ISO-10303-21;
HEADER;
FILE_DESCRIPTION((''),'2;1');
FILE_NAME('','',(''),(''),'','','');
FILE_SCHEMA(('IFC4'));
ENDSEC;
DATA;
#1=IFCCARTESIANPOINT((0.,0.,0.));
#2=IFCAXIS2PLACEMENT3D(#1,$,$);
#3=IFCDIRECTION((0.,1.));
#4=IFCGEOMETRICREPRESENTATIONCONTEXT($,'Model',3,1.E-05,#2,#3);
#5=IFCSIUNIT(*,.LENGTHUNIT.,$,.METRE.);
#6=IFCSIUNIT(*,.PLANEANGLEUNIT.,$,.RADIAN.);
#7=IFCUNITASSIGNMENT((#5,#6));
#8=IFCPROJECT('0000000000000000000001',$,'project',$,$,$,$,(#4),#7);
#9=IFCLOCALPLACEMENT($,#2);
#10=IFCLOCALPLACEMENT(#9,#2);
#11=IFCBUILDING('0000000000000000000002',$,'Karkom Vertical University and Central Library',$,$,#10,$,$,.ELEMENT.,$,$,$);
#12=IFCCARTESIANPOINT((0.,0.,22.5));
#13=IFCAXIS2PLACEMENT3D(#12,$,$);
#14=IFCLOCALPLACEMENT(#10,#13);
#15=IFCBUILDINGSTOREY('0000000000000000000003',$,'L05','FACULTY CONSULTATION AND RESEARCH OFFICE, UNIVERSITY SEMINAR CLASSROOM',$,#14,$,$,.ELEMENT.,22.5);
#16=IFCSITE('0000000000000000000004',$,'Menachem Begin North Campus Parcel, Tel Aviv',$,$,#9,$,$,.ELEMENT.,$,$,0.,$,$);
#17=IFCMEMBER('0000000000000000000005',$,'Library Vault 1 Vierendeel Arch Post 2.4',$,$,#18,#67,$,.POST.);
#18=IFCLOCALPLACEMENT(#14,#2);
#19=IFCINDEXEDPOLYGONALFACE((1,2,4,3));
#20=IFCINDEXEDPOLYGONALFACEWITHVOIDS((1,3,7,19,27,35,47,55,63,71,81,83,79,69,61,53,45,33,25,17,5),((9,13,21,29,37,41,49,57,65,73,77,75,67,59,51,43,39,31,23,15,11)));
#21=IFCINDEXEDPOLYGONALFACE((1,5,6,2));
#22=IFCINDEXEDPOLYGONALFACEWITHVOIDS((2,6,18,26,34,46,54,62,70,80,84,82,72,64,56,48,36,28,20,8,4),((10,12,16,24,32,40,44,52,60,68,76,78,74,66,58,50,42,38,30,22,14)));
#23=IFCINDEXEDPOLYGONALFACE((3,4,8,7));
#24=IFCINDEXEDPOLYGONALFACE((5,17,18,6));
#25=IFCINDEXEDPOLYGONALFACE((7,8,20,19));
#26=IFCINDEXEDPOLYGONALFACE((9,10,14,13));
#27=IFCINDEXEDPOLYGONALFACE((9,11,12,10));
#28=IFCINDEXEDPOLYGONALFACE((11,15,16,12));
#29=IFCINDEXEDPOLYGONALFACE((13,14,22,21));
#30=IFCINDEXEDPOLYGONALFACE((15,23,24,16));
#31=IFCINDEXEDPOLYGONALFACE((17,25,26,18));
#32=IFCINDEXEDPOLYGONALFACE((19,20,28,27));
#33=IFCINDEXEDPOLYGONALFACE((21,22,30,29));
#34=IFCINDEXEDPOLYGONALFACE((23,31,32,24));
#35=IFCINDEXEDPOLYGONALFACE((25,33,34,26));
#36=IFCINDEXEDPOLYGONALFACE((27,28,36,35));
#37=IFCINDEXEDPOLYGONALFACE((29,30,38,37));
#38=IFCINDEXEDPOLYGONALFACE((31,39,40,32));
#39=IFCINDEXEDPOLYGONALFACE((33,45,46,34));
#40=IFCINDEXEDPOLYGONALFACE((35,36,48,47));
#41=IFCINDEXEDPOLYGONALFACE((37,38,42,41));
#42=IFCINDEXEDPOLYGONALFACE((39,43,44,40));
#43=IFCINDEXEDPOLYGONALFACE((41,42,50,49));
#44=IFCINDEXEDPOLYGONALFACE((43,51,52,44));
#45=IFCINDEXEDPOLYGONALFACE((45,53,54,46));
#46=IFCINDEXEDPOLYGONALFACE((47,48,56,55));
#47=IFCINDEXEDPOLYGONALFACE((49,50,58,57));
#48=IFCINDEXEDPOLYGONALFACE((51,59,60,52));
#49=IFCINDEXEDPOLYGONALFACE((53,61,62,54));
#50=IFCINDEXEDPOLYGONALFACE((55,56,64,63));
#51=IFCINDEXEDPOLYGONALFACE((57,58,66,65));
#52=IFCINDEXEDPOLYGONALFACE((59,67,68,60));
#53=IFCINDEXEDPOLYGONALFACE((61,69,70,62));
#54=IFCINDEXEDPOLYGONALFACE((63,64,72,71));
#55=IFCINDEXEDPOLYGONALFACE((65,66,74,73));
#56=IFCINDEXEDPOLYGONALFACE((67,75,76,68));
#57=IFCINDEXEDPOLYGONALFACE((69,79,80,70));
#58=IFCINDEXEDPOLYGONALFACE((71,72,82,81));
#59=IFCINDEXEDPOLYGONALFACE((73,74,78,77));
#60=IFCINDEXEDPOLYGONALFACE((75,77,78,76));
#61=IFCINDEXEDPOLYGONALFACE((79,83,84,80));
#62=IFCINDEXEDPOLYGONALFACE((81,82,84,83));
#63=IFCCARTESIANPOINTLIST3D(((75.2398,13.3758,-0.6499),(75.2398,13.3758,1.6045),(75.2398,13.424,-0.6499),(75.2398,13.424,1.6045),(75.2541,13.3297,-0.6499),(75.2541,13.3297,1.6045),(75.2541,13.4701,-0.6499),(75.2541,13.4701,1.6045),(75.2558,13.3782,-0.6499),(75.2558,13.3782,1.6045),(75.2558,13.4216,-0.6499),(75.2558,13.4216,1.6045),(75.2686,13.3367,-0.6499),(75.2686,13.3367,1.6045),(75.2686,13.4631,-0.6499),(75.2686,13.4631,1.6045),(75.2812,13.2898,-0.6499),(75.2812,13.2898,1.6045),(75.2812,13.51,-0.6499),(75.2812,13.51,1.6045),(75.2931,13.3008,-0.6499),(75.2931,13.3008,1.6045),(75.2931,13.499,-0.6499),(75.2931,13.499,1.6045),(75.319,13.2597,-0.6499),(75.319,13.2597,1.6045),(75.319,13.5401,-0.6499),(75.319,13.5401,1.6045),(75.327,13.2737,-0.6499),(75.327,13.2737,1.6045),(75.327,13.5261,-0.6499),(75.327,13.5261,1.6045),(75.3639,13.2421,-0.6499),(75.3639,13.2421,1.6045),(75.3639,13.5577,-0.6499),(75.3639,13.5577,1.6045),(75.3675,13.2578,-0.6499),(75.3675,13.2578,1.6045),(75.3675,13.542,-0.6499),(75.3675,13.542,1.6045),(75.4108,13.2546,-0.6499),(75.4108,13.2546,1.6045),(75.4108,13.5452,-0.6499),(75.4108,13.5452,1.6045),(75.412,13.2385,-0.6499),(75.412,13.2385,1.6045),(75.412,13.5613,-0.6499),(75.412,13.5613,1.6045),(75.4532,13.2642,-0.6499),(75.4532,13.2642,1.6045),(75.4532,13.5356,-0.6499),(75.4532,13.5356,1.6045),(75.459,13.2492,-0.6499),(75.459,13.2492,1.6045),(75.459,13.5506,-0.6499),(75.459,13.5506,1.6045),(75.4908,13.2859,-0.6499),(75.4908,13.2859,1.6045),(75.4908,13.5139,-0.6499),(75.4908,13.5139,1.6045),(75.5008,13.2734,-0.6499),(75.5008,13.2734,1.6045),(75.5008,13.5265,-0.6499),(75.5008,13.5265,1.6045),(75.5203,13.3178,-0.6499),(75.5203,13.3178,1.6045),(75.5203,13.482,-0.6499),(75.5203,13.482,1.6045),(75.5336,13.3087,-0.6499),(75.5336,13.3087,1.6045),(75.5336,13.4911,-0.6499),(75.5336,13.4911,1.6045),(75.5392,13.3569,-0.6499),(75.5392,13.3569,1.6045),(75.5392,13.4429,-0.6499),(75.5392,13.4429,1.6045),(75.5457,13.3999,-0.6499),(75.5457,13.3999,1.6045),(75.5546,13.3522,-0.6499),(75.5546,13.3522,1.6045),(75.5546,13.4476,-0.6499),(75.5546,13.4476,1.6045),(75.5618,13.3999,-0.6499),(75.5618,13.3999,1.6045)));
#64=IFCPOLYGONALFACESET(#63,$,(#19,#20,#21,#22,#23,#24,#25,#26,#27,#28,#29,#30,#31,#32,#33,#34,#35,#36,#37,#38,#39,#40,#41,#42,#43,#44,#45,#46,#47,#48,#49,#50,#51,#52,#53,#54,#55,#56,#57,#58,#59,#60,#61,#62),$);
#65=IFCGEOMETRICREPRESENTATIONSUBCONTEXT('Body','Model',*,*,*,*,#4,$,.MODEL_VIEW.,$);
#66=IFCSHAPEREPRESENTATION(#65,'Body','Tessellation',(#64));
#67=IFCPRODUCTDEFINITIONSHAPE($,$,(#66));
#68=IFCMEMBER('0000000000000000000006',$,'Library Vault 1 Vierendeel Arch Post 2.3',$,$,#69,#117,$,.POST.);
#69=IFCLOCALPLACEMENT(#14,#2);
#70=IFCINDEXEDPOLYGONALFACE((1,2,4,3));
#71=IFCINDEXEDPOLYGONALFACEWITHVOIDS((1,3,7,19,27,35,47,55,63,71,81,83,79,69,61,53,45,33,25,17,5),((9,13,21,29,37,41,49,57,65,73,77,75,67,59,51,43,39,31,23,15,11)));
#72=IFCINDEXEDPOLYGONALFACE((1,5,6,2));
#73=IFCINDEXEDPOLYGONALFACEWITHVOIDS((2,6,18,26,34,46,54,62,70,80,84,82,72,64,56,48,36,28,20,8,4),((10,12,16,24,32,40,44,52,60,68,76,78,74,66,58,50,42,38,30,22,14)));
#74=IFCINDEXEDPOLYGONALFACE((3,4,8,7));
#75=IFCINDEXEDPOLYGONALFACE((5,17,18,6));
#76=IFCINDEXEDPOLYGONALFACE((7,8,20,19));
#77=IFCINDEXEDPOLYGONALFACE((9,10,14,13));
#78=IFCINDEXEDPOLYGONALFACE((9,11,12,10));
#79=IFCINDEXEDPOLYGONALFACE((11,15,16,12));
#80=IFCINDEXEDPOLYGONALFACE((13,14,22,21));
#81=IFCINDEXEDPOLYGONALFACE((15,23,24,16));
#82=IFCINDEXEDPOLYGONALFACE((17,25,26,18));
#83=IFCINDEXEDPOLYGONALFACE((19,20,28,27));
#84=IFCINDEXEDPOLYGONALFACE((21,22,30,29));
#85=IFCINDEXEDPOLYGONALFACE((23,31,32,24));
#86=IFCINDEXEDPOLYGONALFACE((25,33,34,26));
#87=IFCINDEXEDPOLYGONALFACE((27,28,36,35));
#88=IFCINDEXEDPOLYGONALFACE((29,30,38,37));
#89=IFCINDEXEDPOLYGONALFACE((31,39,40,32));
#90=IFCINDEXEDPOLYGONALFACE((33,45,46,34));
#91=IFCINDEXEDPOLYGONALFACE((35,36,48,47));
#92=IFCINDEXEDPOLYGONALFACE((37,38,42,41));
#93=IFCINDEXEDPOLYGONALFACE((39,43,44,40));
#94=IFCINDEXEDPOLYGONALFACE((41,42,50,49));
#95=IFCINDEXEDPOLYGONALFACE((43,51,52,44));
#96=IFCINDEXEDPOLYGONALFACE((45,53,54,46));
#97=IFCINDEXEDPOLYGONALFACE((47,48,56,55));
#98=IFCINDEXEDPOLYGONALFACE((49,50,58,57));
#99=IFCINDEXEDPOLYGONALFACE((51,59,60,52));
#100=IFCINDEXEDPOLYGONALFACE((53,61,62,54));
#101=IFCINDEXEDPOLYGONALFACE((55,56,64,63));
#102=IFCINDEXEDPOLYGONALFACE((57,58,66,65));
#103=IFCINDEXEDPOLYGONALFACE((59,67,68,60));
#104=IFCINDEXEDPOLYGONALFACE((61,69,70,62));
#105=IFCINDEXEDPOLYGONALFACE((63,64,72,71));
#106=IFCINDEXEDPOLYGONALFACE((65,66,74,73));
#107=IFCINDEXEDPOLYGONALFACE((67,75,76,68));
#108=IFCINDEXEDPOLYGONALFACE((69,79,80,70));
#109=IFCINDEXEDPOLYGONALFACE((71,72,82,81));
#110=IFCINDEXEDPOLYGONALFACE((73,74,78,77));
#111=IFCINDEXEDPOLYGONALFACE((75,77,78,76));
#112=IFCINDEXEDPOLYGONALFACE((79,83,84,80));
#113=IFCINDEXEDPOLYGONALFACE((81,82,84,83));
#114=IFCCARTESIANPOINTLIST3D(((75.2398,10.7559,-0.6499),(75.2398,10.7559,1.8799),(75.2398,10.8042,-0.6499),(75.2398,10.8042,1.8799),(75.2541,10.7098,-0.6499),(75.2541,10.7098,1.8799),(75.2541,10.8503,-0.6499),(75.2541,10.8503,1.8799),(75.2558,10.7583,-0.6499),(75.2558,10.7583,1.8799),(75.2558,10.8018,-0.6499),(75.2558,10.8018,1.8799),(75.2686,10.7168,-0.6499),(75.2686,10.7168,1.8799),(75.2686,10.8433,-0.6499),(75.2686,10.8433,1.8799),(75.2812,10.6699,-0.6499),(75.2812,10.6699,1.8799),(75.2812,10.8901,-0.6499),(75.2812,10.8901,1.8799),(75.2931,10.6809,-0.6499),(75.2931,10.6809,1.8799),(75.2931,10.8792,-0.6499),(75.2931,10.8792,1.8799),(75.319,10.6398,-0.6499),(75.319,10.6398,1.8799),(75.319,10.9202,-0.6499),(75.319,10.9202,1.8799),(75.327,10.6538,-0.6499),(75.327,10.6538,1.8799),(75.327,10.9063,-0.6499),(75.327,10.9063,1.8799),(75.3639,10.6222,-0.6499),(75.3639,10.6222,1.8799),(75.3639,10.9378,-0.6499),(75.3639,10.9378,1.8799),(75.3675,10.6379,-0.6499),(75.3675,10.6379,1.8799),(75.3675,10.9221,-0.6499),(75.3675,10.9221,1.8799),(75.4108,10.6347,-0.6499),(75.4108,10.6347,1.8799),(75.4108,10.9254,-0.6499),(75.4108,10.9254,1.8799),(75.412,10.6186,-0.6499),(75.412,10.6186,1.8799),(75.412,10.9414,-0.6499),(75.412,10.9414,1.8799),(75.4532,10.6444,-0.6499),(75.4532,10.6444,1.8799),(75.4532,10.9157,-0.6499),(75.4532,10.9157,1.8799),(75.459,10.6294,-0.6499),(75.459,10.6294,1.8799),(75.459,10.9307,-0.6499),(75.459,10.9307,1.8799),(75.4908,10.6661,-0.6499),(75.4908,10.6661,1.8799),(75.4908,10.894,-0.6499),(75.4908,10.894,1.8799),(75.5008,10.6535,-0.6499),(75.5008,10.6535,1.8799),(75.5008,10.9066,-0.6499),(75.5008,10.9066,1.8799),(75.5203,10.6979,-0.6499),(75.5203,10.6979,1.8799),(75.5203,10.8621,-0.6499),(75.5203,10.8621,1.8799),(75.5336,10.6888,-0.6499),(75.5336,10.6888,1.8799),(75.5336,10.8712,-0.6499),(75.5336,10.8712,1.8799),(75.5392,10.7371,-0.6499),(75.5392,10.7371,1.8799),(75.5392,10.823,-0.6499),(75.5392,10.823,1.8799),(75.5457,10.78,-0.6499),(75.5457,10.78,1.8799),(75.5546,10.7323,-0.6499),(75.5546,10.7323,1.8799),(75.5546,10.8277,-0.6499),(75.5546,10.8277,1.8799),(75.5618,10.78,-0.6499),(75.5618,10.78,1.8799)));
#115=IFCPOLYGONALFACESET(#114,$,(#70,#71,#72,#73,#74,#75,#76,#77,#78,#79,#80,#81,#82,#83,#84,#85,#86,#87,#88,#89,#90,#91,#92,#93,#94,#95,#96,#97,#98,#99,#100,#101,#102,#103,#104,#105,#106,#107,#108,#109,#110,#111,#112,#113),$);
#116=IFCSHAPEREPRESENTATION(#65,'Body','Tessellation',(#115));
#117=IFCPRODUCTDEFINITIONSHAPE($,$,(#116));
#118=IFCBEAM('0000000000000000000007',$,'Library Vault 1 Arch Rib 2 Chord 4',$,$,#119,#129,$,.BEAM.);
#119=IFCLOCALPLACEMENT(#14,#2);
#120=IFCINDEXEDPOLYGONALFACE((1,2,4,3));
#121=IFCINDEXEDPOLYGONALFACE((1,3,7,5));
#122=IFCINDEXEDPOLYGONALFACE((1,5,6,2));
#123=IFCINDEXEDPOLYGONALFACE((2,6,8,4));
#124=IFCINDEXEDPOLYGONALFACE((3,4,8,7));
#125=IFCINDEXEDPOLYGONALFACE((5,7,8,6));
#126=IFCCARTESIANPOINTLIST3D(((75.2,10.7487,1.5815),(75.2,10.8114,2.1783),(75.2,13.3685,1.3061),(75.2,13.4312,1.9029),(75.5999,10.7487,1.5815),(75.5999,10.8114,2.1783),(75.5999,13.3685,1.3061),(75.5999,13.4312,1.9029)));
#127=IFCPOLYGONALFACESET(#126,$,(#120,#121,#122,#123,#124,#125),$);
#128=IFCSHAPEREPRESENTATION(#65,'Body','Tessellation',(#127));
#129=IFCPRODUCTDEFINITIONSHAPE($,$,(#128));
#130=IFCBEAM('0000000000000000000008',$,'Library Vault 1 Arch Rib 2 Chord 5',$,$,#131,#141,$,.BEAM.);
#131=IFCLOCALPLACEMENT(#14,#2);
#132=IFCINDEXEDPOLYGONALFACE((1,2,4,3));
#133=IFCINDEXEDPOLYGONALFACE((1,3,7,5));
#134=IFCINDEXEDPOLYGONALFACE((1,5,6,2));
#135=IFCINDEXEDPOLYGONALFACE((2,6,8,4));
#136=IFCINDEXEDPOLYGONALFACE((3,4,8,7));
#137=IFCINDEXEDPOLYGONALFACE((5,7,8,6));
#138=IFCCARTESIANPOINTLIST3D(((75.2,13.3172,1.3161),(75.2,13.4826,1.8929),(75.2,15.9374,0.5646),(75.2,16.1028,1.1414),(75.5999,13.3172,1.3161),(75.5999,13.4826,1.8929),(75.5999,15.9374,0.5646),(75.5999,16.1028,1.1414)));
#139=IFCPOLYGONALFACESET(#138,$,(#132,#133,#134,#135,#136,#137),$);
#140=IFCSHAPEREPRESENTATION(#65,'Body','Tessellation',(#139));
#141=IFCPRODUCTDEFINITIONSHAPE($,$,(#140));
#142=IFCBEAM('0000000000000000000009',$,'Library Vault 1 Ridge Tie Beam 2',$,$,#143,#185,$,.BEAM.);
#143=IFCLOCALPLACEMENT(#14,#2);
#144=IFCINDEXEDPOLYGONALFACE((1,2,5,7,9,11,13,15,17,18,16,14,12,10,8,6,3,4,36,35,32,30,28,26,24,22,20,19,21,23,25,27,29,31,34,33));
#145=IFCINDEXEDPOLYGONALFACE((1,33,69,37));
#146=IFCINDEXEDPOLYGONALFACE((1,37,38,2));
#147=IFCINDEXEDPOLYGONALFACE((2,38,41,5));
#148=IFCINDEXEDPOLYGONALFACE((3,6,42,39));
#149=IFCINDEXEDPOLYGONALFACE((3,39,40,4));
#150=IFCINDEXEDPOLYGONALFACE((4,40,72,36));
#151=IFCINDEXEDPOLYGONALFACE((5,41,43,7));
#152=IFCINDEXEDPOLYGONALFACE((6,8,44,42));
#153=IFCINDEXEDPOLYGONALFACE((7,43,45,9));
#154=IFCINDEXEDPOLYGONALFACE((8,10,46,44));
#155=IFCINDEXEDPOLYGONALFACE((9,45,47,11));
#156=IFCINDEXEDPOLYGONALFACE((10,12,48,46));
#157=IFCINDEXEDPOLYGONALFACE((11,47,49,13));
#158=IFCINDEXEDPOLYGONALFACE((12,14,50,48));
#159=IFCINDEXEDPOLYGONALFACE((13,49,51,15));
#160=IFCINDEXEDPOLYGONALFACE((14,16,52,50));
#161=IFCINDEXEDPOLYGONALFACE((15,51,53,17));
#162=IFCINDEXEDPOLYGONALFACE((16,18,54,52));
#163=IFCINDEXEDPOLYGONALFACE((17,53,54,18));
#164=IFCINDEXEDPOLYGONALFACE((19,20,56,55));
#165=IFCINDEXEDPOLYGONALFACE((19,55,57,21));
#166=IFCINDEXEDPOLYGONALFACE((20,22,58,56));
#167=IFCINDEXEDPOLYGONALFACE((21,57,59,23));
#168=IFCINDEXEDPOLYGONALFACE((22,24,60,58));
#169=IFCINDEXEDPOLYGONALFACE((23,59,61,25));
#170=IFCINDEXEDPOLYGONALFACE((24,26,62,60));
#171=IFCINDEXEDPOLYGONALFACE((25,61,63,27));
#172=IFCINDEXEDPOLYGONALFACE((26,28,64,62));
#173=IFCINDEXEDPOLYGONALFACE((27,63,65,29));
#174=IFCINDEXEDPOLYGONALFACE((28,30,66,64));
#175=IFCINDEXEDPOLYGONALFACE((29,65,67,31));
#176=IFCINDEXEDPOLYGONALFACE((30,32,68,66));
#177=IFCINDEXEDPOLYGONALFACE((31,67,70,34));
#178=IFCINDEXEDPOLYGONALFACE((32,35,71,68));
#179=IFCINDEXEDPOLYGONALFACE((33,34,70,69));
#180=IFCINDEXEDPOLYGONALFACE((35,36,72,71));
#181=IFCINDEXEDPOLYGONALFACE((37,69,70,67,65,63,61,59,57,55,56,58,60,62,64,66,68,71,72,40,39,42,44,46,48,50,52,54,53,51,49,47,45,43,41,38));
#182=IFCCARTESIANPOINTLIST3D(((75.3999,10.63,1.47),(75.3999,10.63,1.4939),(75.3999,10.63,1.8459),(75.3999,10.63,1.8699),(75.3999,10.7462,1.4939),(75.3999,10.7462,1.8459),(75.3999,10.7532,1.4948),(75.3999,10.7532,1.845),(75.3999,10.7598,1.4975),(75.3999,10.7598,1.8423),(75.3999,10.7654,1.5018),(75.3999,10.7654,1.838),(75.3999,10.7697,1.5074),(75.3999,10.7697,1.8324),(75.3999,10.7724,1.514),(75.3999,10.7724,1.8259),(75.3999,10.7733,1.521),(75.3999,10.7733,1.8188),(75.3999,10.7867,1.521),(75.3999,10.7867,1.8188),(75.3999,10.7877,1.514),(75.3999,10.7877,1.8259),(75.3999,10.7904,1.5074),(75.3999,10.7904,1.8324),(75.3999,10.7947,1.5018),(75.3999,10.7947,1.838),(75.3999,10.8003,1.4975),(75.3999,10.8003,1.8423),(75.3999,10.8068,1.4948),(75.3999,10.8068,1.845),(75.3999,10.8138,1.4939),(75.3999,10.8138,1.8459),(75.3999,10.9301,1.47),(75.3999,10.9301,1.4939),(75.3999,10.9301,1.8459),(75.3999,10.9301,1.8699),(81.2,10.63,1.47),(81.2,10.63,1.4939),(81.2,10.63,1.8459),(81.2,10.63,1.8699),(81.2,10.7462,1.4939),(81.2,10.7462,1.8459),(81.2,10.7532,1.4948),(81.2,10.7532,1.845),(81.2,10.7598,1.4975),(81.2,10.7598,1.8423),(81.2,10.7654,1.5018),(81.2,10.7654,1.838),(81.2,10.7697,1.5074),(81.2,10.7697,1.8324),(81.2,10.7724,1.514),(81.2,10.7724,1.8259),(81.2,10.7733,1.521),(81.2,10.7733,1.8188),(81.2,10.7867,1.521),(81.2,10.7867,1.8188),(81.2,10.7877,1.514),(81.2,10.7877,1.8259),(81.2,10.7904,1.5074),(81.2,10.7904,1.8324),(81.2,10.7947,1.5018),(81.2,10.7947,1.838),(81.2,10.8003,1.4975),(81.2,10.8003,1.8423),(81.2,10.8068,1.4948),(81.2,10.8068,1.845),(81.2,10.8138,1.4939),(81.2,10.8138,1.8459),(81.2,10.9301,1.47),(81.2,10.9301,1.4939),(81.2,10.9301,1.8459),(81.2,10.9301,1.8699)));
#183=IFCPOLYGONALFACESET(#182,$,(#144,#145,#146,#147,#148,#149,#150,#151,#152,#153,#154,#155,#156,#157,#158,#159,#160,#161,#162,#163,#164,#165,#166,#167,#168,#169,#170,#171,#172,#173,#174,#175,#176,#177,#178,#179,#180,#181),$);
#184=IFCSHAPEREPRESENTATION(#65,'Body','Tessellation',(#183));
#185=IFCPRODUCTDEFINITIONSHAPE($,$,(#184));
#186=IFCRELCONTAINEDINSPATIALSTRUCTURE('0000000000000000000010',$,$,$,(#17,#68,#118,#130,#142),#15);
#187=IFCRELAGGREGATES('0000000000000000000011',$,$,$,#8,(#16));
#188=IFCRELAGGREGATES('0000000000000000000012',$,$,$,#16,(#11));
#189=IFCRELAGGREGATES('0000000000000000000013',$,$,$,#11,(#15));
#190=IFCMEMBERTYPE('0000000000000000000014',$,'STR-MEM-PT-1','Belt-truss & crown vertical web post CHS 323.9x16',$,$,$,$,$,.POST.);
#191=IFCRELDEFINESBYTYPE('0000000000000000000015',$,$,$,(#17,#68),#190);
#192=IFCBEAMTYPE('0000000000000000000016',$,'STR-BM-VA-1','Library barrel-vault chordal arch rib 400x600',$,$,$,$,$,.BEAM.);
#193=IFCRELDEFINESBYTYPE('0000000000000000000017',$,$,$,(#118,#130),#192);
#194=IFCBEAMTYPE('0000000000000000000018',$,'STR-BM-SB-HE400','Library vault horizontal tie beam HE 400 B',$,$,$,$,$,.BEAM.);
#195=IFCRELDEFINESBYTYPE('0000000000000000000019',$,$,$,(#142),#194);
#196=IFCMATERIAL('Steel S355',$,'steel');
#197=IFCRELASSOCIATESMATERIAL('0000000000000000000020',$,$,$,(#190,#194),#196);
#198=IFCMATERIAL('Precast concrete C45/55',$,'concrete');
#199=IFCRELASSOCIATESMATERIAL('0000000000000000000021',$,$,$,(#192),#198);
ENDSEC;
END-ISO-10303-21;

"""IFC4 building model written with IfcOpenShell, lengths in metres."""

from ifc_helpers import new_model, si_unit, direction, frame, origin, origin_with_axes, origin_2d, place, context, subcontext, project, spatial, rectangle, hollow_circle, i_section, extrude, source, transform, mapped, material, material_profile, profile_set, type_object, element, save


model = new_model("IFC4")

# Units and contexts
model_context = context("Model", 3, precision=1e-05, world=origin(), true_north=direction((0.0, 1.0)))
body_context = subcontext(model_context, "Body", "Model", "MODEL_VIEW")
ifc_project = project(units=[si_unit("LENGTHUNIT", "METRE"), si_unit("PLANEANGLEUNIT", "RADIAN")], contexts=[model_context])

# Site, building, storey
site_placement = place(None, origin())
site = spatial("IfcSite", under=ifc_project, at=site_placement, Name="Menachem Begin North Campus Parcel, Tel Aviv", CompositionType="ELEMENT", RefElevation=0.0)
building_placement = place(site_placement, origin())
building = spatial("IfcBuilding", under=site, at=building_placement, Name="Karkom Vertical University and Central Library", CompositionType="ELEMENT")
storey_placement = place(building_placement, frame((0.0, 0.0, 22.5)))
storey = spatial("IfcBuildingStorey", under=building, at=storey_placement, Name="L05", Description="FACULTY CONSULTATION AND RESEARCH OFFICE, UNIVERSITY SEMINAR CLASSROOM", CompositionType="ELEMENT", Elevation=22.5)

# Members
ifc_material_1 = material(Name="Steel S355", Category="steel")
ifc_material_profile_1 = material_profile(ifc_material_1, hollow_circle(Radius=0.1619, WallThickness=0.0161, at=origin_2d()), Name="CHS 323.9x16")
ifc_profile_set_1 = profile_set([ifc_material_profile_1], Name="Steel S355")
member_type_1 = type_object("IfcMemberType", Name="STR-MEM-PT-1", Description="Belt-truss & crown vertical web post CHS 323.9x16", PredefinedType="POST", material=ifc_profile_set_1)
shared_shape_1 = source(origin_with_axes(), body_context, "Body", "SweptSolid", [
    extrude(hollow_circle(Radius=0.1619, WallThickness=0.0161, at=origin_2d()), origin(), (0.0, 0.0, 1.0), 2.2544),
])
member_1_placement = place(storey_placement, frame((75.3999, 13.3999, -0.6499), z_axis=(0.0, 0.0, 1.0), x_axis=(1.0, 0.0, 0.0)))
element("IfcMember", 1, at=member_1_placement, inside=storey, type_object=member_type_1, Name="Library Vault 1 Vierendeel Arch Post 2.4", PredefinedType="POST", context=body_context, shape_type="MappedRepresentation", body=[
    mapped(shared_shape_1, transform((0.0, 0.0, 0.0), scale=1.0)),
])
shared_shape_2 = source(origin_with_axes(), body_context, "Body", "SweptSolid", [
    extrude(hollow_circle(Radius=0.1619, WallThickness=0.0161, at=origin_2d()), origin(), (0.0, 0.0, 1.0), 2.5298),
])
member_2_placement = place(storey_placement, frame((75.3999, 10.78, -0.6499), z_axis=(0.0, 0.0, 1.0), x_axis=(1.0, 0.0, 0.0)))
element("IfcMember", 2, at=member_2_placement, inside=storey, type_object=member_type_1, Name="Library Vault 1 Vierendeel Arch Post 2.3", PredefinedType="POST", context=body_context, shape_type="MappedRepresentation", body=[
    mapped(shared_shape_2, transform((0.0, 0.0, 0.0), scale=1.0)),
])

# Beams
ifc_material_2 = material(Name="Precast concrete C45/55", Category="concrete")
ifc_material_profile_2 = material_profile(ifc_material_2, rectangle(XDim=0.3999, YDim=0.6001, at=origin_2d()), Name="RCB-400x600")
ifc_profile_set_2 = profile_set([ifc_material_profile_2], Name="Precast concrete C45/55")
beam_type_1 = type_object("IfcBeamType", Name="STR-BM-VA-1", Description="Library barrel-vault chordal arch rib 400x600", PredefinedType="BEAM", material=ifc_profile_set_2)
shared_shape_3 = source(origin_with_axes(), body_context, "Body", "SweptSolid", [
    extrude(rectangle(XDim=0.3999, YDim=0.6001, at=origin_2d()), origin(), (0.0, 0.0, 1.0), 2.6343),
])
beam_1_placement = place(storey_placement, frame((75.3999, 10.78, 1.8799), z_axis=(0.0, 0.994521, -0.10454), x_axis=(-1.0, 0.0, 0.0)))
element("IfcBeam", 3, at=beam_1_placement, inside=storey, type_object=beam_type_1, Name="Library Vault 1 Arch Rib 2 Chord 4", PredefinedType="BEAM", context=body_context, shape_type="MappedRepresentation", body=[
    mapped(shared_shape_3, transform((0.0, 0.0, 0.0), scale=1.0)),
])
shared_shape_4 = source(origin_with_axes(), body_context, "Body", "SweptSolid", [
    extrude(rectangle(XDim=0.3999, YDim=0.6001, at=origin_2d()), origin(), (0.0, 0.0, 1.0), 2.7258),
])
beam_2_placement = place(storey_placement, frame((75.3999, 13.3999, 1.6045), z_axis=(0.0, 0.961246, -0.275691), x_axis=(-1.0, 0.0, 0.0)))
element("IfcBeam", 4, at=beam_2_placement, inside=storey, type_object=beam_type_1, Name="Library Vault 1 Arch Rib 2 Chord 5", PredefinedType="BEAM", context=body_context, shape_type="MappedRepresentation", body=[
    mapped(shared_shape_4, transform((0.0, 0.0, 0.0), scale=1.0)),
])
ifc_material_profile_3 = material_profile(ifc_material_1, i_section(OverallWidth=0.3, OverallDepth=0.3999, WebThickness=0.0134, FlangeThickness=0.0239, FilletRadius=0.0271, at=origin_2d()), Name="HE 400 B")
ifc_profile_set_3 = profile_set([ifc_material_profile_3], Name="Steel S355")
beam_type_2 = type_object("IfcBeamType", Name="STR-BM-SB-HE400", Description="Library vault horizontal tie beam HE 400 B", PredefinedType="BEAM", material=ifc_profile_set_3)
shared_shape_5 = source(origin_with_axes(), body_context, "Body", "SweptSolid", [
    extrude(i_section(OverallWidth=0.3, OverallDepth=0.3999, WebThickness=0.0134, FlangeThickness=0.0239, FilletRadius=0.0271, at=origin_2d()), origin(), (0.0, 0.0, 1.0), 5.8),
])
beam_3_placement = place(storey_placement, frame((75.3999, 10.78, 1.6699), z_axis=(1.0, 0.0, 0.0), x_axis=(0.0, 1.0, 0.0)))
element("IfcBeam", 5, at=beam_3_placement, inside=storey, type_object=beam_type_2, Name="Library Vault 1 Ridge Tie Beam 2", PredefinedType="BEAM", context=body_context, shape_type="MappedRepresentation", body=[
    mapped(shared_shape_5, transform((0.0, 0.0, 0.0), scale=1.0)),
])

save(model, "model.ifc")
